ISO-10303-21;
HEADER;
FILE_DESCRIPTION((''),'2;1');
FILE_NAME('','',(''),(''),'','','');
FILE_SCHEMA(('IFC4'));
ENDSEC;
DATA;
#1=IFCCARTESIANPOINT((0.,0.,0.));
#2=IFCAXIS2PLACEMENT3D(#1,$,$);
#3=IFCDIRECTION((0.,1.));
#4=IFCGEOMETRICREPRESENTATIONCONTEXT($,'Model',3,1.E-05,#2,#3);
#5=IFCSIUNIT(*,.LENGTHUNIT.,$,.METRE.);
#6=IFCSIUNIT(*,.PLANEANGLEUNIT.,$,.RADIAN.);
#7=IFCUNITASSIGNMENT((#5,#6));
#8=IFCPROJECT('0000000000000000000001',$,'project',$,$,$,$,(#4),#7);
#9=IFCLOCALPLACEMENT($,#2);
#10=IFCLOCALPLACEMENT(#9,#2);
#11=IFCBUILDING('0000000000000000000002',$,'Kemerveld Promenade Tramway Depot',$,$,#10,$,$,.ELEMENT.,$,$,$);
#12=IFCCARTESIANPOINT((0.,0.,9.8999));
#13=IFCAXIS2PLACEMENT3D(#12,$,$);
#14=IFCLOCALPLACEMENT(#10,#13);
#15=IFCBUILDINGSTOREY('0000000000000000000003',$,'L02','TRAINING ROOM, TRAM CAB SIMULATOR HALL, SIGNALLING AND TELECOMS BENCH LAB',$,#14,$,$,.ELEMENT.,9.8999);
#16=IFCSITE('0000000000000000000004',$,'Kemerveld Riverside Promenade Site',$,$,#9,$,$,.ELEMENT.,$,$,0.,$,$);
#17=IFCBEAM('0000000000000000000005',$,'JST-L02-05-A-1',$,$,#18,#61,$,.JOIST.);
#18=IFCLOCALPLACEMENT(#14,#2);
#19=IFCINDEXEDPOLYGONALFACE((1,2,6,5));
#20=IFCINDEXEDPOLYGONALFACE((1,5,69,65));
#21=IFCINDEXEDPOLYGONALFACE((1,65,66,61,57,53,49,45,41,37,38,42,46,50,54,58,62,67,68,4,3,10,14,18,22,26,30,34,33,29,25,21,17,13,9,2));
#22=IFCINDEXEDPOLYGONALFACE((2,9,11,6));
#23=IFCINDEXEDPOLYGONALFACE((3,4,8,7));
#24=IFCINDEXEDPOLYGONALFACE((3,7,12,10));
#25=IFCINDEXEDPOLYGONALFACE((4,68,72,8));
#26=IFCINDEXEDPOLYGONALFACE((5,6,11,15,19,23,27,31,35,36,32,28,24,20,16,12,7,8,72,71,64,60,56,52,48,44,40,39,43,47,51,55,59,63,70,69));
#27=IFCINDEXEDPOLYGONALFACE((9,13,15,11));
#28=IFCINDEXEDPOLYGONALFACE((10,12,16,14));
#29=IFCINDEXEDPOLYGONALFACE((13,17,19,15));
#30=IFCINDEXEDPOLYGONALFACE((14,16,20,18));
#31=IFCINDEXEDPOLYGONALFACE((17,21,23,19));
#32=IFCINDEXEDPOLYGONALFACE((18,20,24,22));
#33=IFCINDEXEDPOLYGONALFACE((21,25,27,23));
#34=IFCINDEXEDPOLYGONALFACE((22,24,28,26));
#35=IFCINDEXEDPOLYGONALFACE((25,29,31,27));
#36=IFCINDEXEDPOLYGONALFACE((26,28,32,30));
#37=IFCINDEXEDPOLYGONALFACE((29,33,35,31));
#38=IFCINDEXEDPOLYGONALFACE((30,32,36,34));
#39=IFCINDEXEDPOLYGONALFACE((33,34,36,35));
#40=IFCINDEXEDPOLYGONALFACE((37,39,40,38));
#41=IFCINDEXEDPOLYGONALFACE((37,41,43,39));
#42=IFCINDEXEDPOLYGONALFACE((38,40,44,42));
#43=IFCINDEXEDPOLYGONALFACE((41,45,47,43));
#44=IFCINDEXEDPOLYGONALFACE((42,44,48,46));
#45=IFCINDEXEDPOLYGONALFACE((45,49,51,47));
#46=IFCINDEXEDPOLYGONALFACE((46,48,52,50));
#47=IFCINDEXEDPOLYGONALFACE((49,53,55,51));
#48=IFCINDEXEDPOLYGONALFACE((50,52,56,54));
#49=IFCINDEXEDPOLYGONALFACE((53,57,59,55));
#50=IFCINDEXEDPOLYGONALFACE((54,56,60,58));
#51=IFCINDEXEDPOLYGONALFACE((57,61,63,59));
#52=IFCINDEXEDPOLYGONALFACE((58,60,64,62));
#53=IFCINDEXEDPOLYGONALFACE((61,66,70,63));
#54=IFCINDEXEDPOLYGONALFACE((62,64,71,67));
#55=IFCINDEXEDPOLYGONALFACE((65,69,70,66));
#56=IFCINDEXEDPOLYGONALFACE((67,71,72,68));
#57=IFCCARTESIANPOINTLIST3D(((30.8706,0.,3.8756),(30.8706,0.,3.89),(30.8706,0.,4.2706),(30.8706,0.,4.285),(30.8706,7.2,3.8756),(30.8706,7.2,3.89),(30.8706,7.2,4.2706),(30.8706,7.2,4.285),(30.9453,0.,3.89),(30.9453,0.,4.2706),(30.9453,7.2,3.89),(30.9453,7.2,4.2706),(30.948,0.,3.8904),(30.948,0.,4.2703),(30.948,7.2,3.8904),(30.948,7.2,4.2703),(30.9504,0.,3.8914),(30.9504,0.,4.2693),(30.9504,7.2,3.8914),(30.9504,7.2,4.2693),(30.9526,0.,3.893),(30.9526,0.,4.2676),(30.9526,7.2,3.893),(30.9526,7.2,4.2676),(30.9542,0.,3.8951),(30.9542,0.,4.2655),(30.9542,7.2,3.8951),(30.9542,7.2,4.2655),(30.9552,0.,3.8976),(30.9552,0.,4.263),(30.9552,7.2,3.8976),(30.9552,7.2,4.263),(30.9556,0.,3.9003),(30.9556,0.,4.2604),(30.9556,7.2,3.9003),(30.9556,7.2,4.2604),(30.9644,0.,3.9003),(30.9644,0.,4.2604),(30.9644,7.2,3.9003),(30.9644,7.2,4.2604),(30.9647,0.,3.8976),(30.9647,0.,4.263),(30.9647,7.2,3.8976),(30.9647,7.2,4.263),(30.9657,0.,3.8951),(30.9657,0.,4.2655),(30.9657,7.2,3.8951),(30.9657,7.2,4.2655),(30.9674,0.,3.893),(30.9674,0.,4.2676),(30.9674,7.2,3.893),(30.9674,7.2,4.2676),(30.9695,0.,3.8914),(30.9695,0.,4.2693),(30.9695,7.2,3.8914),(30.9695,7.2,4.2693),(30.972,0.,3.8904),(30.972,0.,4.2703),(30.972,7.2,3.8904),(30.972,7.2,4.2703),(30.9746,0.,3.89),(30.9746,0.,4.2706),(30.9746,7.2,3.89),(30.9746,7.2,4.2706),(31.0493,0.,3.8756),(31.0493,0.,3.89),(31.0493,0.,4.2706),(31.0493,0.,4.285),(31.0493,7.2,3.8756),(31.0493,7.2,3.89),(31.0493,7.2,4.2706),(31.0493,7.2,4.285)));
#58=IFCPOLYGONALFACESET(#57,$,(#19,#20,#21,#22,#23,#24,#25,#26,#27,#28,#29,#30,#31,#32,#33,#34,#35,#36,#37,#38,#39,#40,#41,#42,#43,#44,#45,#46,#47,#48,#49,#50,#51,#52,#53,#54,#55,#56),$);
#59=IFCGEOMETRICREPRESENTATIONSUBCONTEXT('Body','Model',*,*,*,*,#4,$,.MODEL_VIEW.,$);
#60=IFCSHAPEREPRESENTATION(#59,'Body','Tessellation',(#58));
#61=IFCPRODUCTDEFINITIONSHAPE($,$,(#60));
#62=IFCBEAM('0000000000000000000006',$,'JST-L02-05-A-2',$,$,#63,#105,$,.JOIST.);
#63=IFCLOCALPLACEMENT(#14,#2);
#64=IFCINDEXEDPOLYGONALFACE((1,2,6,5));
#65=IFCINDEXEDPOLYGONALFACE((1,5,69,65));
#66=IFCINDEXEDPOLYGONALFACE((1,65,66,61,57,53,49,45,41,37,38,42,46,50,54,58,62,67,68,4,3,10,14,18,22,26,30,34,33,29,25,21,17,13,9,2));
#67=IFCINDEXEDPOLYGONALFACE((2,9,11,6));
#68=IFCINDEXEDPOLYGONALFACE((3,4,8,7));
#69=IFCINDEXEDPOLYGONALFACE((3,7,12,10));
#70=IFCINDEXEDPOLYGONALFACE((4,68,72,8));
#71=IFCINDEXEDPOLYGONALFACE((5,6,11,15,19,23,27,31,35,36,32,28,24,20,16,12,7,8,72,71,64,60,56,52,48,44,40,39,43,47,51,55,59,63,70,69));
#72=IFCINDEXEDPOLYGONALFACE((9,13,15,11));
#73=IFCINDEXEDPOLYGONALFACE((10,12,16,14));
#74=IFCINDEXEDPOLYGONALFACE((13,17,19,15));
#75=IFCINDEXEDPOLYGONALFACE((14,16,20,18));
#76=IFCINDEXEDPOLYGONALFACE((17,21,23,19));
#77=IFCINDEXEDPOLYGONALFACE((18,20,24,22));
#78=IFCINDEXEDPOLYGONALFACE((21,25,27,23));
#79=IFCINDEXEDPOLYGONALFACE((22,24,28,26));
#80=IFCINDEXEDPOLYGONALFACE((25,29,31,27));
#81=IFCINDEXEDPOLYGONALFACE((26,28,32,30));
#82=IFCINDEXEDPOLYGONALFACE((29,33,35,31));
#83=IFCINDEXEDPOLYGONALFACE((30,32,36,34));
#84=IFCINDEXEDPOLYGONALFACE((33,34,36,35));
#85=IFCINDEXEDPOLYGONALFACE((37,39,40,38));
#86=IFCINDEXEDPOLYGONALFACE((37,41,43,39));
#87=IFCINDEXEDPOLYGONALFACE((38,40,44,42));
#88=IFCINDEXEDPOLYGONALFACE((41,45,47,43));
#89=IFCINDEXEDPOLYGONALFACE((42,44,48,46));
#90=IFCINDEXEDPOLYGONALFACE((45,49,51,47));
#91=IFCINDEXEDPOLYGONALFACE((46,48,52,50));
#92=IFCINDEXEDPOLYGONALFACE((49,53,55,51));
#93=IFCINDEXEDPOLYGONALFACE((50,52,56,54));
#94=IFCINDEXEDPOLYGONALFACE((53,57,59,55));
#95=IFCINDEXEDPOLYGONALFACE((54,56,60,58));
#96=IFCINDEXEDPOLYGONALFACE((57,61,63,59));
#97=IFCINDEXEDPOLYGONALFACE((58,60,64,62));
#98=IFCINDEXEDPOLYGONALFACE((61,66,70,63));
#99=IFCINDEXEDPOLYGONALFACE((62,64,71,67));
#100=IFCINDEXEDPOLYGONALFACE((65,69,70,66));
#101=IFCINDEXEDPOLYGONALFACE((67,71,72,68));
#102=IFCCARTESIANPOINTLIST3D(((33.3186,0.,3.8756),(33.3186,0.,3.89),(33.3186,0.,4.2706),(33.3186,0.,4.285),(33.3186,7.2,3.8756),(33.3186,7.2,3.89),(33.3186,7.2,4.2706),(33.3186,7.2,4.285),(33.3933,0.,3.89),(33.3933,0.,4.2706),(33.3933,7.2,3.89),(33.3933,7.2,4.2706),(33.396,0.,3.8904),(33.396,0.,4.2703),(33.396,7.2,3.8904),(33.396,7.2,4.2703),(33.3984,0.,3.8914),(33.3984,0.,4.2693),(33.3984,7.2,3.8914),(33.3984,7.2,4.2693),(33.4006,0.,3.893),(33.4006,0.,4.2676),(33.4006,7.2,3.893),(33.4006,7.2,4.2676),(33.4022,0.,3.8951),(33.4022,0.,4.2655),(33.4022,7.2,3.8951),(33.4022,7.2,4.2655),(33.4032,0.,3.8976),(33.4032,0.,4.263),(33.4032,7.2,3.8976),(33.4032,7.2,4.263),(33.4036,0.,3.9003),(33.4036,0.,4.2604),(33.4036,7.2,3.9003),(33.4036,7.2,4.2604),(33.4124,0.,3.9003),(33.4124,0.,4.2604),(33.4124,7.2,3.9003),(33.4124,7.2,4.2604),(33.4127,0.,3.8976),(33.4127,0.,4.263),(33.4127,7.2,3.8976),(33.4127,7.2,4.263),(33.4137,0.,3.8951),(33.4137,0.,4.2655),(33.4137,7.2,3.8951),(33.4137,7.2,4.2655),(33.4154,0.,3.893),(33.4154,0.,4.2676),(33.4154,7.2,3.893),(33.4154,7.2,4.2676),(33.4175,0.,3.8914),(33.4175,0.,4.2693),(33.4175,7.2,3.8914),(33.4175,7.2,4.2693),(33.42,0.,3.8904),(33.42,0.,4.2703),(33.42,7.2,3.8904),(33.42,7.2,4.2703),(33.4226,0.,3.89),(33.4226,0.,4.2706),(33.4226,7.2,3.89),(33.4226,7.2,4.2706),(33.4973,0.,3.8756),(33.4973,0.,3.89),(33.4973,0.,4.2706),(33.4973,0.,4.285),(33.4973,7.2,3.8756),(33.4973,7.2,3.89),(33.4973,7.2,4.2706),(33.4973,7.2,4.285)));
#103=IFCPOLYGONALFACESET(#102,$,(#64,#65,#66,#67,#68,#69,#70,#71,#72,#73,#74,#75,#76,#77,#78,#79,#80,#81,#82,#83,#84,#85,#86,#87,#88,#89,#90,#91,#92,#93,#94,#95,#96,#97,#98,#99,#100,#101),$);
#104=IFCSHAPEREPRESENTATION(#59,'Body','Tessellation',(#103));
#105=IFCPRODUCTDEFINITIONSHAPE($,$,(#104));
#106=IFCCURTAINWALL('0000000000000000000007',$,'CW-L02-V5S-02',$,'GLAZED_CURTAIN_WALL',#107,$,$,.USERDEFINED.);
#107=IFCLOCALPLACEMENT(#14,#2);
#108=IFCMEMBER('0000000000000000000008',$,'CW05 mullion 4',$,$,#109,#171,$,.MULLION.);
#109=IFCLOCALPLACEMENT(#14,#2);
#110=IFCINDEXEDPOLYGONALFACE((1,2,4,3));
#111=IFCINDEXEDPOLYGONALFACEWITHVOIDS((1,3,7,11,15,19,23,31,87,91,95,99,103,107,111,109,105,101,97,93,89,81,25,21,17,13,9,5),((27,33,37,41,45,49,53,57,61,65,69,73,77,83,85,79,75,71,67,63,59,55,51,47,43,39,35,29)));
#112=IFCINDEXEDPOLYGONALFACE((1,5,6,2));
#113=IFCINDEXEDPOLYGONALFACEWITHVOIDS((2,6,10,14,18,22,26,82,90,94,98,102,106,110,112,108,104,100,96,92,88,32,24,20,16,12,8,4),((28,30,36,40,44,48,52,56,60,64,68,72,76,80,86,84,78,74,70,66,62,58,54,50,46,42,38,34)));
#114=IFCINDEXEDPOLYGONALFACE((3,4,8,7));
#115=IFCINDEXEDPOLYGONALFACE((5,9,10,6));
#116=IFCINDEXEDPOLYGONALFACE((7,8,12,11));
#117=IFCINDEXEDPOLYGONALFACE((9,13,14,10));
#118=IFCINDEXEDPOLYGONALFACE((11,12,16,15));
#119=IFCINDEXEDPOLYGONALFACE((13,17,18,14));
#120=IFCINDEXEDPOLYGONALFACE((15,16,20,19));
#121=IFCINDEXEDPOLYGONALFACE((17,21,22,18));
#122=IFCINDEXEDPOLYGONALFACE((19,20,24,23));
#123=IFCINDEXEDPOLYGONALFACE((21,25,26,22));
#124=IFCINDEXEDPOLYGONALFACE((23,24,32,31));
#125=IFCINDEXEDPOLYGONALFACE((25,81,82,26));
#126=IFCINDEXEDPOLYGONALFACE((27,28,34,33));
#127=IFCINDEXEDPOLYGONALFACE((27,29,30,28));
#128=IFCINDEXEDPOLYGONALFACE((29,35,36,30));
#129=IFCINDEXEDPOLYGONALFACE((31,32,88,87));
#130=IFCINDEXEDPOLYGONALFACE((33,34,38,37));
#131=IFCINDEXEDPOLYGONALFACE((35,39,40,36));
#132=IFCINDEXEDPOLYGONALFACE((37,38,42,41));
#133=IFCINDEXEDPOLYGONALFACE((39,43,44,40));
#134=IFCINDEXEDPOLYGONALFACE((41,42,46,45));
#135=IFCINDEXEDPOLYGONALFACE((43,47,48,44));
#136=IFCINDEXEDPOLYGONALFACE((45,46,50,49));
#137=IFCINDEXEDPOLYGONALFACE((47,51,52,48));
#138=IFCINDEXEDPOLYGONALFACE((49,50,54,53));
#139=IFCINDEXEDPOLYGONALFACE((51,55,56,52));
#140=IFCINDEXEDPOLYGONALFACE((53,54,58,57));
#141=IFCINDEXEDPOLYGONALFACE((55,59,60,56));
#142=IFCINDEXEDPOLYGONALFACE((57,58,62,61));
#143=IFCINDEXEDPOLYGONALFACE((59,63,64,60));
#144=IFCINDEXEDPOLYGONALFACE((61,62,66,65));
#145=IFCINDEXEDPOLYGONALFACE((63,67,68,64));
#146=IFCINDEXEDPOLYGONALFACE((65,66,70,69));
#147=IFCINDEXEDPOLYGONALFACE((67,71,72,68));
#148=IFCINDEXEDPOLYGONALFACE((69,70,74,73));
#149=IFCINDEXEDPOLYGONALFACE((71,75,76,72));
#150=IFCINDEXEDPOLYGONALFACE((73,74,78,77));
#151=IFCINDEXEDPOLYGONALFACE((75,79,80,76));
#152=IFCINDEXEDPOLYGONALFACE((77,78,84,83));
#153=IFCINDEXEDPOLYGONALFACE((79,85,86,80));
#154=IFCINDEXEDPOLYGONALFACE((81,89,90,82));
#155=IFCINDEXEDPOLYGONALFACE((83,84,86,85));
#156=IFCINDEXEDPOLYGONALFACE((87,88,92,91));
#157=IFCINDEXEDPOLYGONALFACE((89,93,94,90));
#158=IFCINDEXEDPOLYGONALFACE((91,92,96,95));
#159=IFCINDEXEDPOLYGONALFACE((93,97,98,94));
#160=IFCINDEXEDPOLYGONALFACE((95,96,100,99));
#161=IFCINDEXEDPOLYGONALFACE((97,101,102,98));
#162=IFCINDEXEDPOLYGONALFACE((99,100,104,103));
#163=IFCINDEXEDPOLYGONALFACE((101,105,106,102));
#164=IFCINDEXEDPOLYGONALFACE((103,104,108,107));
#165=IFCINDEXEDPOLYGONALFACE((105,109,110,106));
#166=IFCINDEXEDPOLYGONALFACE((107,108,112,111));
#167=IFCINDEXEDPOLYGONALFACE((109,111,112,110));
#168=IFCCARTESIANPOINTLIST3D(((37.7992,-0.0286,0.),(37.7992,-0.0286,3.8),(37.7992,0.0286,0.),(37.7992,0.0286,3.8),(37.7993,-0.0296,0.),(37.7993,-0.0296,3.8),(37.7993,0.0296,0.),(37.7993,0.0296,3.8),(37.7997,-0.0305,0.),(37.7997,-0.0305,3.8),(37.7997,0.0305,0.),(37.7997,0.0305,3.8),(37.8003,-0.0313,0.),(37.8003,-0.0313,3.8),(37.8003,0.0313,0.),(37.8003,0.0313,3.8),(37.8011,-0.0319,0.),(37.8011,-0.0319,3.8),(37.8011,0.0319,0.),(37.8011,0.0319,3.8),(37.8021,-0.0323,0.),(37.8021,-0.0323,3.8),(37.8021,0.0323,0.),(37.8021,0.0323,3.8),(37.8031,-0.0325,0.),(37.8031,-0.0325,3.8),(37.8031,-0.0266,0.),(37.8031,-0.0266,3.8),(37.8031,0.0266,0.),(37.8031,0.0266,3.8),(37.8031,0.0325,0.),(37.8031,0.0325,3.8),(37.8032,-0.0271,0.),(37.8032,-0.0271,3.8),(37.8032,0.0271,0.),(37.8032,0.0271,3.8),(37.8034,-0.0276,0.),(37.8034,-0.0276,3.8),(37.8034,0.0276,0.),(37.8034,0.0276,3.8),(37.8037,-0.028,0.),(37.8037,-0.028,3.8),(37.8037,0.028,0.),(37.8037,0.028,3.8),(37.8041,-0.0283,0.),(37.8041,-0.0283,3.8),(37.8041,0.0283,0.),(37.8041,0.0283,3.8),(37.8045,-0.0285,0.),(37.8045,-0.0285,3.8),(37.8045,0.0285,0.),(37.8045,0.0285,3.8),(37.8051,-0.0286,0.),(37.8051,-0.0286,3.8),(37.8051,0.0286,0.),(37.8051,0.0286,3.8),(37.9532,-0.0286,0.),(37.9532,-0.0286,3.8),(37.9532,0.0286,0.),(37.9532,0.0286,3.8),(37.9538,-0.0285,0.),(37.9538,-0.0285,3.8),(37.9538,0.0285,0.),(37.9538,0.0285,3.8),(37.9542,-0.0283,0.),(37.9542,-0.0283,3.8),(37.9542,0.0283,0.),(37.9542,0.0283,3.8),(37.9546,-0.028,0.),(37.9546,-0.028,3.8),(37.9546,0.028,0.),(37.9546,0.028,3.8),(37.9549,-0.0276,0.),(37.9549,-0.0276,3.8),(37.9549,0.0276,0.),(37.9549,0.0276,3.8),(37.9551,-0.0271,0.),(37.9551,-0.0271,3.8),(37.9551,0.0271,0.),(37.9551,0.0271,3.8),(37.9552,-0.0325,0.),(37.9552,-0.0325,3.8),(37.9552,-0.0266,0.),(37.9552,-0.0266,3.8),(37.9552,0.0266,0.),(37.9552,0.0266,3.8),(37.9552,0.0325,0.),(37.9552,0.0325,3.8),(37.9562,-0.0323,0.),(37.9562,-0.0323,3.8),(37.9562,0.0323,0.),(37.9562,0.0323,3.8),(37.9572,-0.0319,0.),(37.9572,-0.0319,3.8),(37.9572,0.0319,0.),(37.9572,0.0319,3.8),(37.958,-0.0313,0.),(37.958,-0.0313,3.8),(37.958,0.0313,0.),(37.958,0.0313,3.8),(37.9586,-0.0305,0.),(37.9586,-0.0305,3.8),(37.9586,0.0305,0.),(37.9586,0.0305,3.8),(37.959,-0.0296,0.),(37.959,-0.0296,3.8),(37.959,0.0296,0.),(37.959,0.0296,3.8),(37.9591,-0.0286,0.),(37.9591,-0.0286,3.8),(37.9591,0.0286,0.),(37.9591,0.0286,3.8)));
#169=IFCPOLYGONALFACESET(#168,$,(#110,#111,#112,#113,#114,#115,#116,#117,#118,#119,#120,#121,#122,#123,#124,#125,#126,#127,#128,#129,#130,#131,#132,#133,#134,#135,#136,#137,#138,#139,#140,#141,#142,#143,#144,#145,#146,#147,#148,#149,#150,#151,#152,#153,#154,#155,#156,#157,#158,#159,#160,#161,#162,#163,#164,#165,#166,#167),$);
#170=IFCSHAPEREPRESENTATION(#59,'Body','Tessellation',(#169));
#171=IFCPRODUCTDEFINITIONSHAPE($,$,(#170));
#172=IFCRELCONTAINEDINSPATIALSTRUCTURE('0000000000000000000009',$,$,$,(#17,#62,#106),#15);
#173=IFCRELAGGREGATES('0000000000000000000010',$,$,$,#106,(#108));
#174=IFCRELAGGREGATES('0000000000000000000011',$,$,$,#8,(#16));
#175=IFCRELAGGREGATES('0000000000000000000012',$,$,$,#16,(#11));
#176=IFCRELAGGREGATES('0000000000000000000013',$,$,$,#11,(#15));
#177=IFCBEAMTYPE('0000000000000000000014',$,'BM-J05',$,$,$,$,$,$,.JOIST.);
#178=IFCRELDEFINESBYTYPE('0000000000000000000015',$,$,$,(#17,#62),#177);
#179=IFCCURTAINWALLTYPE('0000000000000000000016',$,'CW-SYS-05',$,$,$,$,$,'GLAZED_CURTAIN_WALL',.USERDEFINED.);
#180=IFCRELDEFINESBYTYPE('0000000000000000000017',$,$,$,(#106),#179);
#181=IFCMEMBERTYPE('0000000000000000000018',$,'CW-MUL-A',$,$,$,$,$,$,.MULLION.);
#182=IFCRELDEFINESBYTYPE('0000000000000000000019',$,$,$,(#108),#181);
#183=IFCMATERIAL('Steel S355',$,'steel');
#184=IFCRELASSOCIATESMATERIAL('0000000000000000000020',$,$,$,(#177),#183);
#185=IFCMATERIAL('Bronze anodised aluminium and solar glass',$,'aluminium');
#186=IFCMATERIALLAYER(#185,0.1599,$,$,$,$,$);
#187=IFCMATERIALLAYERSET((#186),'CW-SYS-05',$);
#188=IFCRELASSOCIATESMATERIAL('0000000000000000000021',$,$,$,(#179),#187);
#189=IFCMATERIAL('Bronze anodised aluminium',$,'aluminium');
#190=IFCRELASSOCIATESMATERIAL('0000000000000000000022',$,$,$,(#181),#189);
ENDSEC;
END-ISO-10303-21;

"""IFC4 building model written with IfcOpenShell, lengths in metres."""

from ifc_helpers import new_model, si_unit, direction, frame, origin, origin_2d, place, context, subcontext, project, spatial, hollow_rectangle, i_section, extrude, material, layer, layer_set, material_profile, profile_set, type_object, element, aggregate, save


model = new_model("IFC4")

# Units and contexts
model_context = context("Model", 3, precision=1e-05, world=origin(), true_north=direction((0.0, 1.0)))
body_context = subcontext(model_context, "Body", "Model", "MODEL_VIEW")
ifc_project = project(units=[si_unit("LENGTHUNIT", "METRE"), si_unit("PLANEANGLEUNIT", "RADIAN")], contexts=[model_context])

# Site, building, storey
site_placement = place(None, origin())
site = spatial("IfcSite", under=ifc_project, at=site_placement, Name="Kemerveld Riverside Promenade Site", CompositionType="ELEMENT", RefElevation=0.0)
building_placement = place(site_placement, origin())
building = spatial("IfcBuilding", under=site, at=building_placement, Name="Kemerveld Promenade Tramway Depot", CompositionType="ELEMENT")
storey_placement = place(building_placement, frame((0.0, 0.0, 9.8999)))
storey = spatial("IfcBuildingStorey", under=building, at=storey_placement, Name="L02", Description="TRAINING ROOM, TRAM CAB SIMULATOR HALL, SIGNALLING AND TELECOMS BENCH LAB", CompositionType="ELEMENT", Elevation=9.8999)

# Shared definitions
ifc_material_1 = material(Name="Steel S355", Category="steel")

# Beams
ifc_material_profile_1 = material_profile(ifc_material_1, i_section(OverallWidth=0.1787, OverallDepth=0.4094, WebThickness=0.0088, FlangeThickness=0.0144, FilletRadius=0.0103, at=origin_2d()), Name="406x178x67 UB")
ifc_profile_set_1 = profile_set([ifc_material_profile_1], Name="Steel S355")
beam_type_1 = type_object("IfcBeamType", Name="BM-J05", PredefinedType="JOIST", material=ifc_profile_set_1)
for number, where, z_axis, x_axis, name in (
    (1, (30.96, 0.0, 4.0803), (0.0, 1.0, 0.0), (-1.0, 0.0, 0.0), "JST-L02-05-A-1"),
    (2, (33.408, 0.0, 4.0803), (0.0, 1.0, 0.0), (-1.0, 0.0, 0.0), "JST-L02-05-A-2"),
):
    element("IfcBeam", number, at=place(storey_placement, frame(where, z_axis=z_axis, x_axis=x_axis)), inside=storey, type_object=beam_type_1, Name=name, PredefinedType="JOIST", context=body_context, shape_type="SweptSolid", body=[
        extrude(i_section(OverallWidth=0.1787, OverallDepth=0.4094, WebThickness=0.0088, FlangeThickness=0.0144, FilletRadius=0.0103, at=origin_2d()), origin(), (0.0, 0.0, 1.0), 7.2),
    ])

# Curtain wall, member
ifc_material_2 = material(Name="Bronze anodised aluminium and solar glass", Category="aluminium")
ifc_layer_1 = layer(ifc_material_2, 0.1599)
ifc_layer_set_1 = layer_set([ifc_layer_1], Name="CW-SYS-05")
curtain_wall_type_1 = type_object("IfcCurtainWallType", Name="CW-SYS-05", ElementType="GLAZED_CURTAIN_WALL", PredefinedType="USERDEFINED", material=ifc_layer_set_1)
curtain_wall_1_placement = place(storey_placement, origin())
curtain_wall_1 = element("IfcCurtainWall", 3, at=curtain_wall_1_placement, inside=storey, type_object=curtain_wall_type_1, Name="CW-L02-V5S-02", ObjectType="GLAZED_CURTAIN_WALL", PredefinedType="USERDEFINED")
ifc_material_3 = material(Name="Bronze anodised aluminium", Category="aluminium")
ifc_material_profile_2 = material_profile(ifc_material_3, hollow_rectangle(XDim=0.0649, YDim=0.1599, WallThickness=0.0039, InnerFilletRadius=0.002, OuterFilletRadius=0.0039, at=origin_2d()), Name="CW-MUL-160x65")
ifc_profile_set_2 = profile_set([ifc_material_profile_2], Name="Bronze anodised aluminium")
member_type_1 = type_object("IfcMemberType", Name="CW-MUL-A", PredefinedType="MULLION", material=ifc_profile_set_2)
member_1_placement = place(storey_placement, frame((37.8792, 0.0, 0.0), z_axis=(0.0, 0.0, 1.0), x_axis=(0.0, -1.0, 0.0)))
member_1 = element("IfcMember", 4, at=member_1_placement, type_object=member_type_1, Name="CW05 mullion 4", PredefinedType="MULLION", context=body_context, shape_type="SweptSolid", body=[
    extrude(hollow_rectangle(XDim=0.0649, YDim=0.1599, WallThickness=0.0039, InnerFilletRadius=0.002, OuterFilletRadius=0.0039, at=origin_2d()), origin(), (0.0, 0.0, 1.0), 3.8),
])

aggregate(curtain_wall_1, [member_1])

save(model, "model.ifc")
